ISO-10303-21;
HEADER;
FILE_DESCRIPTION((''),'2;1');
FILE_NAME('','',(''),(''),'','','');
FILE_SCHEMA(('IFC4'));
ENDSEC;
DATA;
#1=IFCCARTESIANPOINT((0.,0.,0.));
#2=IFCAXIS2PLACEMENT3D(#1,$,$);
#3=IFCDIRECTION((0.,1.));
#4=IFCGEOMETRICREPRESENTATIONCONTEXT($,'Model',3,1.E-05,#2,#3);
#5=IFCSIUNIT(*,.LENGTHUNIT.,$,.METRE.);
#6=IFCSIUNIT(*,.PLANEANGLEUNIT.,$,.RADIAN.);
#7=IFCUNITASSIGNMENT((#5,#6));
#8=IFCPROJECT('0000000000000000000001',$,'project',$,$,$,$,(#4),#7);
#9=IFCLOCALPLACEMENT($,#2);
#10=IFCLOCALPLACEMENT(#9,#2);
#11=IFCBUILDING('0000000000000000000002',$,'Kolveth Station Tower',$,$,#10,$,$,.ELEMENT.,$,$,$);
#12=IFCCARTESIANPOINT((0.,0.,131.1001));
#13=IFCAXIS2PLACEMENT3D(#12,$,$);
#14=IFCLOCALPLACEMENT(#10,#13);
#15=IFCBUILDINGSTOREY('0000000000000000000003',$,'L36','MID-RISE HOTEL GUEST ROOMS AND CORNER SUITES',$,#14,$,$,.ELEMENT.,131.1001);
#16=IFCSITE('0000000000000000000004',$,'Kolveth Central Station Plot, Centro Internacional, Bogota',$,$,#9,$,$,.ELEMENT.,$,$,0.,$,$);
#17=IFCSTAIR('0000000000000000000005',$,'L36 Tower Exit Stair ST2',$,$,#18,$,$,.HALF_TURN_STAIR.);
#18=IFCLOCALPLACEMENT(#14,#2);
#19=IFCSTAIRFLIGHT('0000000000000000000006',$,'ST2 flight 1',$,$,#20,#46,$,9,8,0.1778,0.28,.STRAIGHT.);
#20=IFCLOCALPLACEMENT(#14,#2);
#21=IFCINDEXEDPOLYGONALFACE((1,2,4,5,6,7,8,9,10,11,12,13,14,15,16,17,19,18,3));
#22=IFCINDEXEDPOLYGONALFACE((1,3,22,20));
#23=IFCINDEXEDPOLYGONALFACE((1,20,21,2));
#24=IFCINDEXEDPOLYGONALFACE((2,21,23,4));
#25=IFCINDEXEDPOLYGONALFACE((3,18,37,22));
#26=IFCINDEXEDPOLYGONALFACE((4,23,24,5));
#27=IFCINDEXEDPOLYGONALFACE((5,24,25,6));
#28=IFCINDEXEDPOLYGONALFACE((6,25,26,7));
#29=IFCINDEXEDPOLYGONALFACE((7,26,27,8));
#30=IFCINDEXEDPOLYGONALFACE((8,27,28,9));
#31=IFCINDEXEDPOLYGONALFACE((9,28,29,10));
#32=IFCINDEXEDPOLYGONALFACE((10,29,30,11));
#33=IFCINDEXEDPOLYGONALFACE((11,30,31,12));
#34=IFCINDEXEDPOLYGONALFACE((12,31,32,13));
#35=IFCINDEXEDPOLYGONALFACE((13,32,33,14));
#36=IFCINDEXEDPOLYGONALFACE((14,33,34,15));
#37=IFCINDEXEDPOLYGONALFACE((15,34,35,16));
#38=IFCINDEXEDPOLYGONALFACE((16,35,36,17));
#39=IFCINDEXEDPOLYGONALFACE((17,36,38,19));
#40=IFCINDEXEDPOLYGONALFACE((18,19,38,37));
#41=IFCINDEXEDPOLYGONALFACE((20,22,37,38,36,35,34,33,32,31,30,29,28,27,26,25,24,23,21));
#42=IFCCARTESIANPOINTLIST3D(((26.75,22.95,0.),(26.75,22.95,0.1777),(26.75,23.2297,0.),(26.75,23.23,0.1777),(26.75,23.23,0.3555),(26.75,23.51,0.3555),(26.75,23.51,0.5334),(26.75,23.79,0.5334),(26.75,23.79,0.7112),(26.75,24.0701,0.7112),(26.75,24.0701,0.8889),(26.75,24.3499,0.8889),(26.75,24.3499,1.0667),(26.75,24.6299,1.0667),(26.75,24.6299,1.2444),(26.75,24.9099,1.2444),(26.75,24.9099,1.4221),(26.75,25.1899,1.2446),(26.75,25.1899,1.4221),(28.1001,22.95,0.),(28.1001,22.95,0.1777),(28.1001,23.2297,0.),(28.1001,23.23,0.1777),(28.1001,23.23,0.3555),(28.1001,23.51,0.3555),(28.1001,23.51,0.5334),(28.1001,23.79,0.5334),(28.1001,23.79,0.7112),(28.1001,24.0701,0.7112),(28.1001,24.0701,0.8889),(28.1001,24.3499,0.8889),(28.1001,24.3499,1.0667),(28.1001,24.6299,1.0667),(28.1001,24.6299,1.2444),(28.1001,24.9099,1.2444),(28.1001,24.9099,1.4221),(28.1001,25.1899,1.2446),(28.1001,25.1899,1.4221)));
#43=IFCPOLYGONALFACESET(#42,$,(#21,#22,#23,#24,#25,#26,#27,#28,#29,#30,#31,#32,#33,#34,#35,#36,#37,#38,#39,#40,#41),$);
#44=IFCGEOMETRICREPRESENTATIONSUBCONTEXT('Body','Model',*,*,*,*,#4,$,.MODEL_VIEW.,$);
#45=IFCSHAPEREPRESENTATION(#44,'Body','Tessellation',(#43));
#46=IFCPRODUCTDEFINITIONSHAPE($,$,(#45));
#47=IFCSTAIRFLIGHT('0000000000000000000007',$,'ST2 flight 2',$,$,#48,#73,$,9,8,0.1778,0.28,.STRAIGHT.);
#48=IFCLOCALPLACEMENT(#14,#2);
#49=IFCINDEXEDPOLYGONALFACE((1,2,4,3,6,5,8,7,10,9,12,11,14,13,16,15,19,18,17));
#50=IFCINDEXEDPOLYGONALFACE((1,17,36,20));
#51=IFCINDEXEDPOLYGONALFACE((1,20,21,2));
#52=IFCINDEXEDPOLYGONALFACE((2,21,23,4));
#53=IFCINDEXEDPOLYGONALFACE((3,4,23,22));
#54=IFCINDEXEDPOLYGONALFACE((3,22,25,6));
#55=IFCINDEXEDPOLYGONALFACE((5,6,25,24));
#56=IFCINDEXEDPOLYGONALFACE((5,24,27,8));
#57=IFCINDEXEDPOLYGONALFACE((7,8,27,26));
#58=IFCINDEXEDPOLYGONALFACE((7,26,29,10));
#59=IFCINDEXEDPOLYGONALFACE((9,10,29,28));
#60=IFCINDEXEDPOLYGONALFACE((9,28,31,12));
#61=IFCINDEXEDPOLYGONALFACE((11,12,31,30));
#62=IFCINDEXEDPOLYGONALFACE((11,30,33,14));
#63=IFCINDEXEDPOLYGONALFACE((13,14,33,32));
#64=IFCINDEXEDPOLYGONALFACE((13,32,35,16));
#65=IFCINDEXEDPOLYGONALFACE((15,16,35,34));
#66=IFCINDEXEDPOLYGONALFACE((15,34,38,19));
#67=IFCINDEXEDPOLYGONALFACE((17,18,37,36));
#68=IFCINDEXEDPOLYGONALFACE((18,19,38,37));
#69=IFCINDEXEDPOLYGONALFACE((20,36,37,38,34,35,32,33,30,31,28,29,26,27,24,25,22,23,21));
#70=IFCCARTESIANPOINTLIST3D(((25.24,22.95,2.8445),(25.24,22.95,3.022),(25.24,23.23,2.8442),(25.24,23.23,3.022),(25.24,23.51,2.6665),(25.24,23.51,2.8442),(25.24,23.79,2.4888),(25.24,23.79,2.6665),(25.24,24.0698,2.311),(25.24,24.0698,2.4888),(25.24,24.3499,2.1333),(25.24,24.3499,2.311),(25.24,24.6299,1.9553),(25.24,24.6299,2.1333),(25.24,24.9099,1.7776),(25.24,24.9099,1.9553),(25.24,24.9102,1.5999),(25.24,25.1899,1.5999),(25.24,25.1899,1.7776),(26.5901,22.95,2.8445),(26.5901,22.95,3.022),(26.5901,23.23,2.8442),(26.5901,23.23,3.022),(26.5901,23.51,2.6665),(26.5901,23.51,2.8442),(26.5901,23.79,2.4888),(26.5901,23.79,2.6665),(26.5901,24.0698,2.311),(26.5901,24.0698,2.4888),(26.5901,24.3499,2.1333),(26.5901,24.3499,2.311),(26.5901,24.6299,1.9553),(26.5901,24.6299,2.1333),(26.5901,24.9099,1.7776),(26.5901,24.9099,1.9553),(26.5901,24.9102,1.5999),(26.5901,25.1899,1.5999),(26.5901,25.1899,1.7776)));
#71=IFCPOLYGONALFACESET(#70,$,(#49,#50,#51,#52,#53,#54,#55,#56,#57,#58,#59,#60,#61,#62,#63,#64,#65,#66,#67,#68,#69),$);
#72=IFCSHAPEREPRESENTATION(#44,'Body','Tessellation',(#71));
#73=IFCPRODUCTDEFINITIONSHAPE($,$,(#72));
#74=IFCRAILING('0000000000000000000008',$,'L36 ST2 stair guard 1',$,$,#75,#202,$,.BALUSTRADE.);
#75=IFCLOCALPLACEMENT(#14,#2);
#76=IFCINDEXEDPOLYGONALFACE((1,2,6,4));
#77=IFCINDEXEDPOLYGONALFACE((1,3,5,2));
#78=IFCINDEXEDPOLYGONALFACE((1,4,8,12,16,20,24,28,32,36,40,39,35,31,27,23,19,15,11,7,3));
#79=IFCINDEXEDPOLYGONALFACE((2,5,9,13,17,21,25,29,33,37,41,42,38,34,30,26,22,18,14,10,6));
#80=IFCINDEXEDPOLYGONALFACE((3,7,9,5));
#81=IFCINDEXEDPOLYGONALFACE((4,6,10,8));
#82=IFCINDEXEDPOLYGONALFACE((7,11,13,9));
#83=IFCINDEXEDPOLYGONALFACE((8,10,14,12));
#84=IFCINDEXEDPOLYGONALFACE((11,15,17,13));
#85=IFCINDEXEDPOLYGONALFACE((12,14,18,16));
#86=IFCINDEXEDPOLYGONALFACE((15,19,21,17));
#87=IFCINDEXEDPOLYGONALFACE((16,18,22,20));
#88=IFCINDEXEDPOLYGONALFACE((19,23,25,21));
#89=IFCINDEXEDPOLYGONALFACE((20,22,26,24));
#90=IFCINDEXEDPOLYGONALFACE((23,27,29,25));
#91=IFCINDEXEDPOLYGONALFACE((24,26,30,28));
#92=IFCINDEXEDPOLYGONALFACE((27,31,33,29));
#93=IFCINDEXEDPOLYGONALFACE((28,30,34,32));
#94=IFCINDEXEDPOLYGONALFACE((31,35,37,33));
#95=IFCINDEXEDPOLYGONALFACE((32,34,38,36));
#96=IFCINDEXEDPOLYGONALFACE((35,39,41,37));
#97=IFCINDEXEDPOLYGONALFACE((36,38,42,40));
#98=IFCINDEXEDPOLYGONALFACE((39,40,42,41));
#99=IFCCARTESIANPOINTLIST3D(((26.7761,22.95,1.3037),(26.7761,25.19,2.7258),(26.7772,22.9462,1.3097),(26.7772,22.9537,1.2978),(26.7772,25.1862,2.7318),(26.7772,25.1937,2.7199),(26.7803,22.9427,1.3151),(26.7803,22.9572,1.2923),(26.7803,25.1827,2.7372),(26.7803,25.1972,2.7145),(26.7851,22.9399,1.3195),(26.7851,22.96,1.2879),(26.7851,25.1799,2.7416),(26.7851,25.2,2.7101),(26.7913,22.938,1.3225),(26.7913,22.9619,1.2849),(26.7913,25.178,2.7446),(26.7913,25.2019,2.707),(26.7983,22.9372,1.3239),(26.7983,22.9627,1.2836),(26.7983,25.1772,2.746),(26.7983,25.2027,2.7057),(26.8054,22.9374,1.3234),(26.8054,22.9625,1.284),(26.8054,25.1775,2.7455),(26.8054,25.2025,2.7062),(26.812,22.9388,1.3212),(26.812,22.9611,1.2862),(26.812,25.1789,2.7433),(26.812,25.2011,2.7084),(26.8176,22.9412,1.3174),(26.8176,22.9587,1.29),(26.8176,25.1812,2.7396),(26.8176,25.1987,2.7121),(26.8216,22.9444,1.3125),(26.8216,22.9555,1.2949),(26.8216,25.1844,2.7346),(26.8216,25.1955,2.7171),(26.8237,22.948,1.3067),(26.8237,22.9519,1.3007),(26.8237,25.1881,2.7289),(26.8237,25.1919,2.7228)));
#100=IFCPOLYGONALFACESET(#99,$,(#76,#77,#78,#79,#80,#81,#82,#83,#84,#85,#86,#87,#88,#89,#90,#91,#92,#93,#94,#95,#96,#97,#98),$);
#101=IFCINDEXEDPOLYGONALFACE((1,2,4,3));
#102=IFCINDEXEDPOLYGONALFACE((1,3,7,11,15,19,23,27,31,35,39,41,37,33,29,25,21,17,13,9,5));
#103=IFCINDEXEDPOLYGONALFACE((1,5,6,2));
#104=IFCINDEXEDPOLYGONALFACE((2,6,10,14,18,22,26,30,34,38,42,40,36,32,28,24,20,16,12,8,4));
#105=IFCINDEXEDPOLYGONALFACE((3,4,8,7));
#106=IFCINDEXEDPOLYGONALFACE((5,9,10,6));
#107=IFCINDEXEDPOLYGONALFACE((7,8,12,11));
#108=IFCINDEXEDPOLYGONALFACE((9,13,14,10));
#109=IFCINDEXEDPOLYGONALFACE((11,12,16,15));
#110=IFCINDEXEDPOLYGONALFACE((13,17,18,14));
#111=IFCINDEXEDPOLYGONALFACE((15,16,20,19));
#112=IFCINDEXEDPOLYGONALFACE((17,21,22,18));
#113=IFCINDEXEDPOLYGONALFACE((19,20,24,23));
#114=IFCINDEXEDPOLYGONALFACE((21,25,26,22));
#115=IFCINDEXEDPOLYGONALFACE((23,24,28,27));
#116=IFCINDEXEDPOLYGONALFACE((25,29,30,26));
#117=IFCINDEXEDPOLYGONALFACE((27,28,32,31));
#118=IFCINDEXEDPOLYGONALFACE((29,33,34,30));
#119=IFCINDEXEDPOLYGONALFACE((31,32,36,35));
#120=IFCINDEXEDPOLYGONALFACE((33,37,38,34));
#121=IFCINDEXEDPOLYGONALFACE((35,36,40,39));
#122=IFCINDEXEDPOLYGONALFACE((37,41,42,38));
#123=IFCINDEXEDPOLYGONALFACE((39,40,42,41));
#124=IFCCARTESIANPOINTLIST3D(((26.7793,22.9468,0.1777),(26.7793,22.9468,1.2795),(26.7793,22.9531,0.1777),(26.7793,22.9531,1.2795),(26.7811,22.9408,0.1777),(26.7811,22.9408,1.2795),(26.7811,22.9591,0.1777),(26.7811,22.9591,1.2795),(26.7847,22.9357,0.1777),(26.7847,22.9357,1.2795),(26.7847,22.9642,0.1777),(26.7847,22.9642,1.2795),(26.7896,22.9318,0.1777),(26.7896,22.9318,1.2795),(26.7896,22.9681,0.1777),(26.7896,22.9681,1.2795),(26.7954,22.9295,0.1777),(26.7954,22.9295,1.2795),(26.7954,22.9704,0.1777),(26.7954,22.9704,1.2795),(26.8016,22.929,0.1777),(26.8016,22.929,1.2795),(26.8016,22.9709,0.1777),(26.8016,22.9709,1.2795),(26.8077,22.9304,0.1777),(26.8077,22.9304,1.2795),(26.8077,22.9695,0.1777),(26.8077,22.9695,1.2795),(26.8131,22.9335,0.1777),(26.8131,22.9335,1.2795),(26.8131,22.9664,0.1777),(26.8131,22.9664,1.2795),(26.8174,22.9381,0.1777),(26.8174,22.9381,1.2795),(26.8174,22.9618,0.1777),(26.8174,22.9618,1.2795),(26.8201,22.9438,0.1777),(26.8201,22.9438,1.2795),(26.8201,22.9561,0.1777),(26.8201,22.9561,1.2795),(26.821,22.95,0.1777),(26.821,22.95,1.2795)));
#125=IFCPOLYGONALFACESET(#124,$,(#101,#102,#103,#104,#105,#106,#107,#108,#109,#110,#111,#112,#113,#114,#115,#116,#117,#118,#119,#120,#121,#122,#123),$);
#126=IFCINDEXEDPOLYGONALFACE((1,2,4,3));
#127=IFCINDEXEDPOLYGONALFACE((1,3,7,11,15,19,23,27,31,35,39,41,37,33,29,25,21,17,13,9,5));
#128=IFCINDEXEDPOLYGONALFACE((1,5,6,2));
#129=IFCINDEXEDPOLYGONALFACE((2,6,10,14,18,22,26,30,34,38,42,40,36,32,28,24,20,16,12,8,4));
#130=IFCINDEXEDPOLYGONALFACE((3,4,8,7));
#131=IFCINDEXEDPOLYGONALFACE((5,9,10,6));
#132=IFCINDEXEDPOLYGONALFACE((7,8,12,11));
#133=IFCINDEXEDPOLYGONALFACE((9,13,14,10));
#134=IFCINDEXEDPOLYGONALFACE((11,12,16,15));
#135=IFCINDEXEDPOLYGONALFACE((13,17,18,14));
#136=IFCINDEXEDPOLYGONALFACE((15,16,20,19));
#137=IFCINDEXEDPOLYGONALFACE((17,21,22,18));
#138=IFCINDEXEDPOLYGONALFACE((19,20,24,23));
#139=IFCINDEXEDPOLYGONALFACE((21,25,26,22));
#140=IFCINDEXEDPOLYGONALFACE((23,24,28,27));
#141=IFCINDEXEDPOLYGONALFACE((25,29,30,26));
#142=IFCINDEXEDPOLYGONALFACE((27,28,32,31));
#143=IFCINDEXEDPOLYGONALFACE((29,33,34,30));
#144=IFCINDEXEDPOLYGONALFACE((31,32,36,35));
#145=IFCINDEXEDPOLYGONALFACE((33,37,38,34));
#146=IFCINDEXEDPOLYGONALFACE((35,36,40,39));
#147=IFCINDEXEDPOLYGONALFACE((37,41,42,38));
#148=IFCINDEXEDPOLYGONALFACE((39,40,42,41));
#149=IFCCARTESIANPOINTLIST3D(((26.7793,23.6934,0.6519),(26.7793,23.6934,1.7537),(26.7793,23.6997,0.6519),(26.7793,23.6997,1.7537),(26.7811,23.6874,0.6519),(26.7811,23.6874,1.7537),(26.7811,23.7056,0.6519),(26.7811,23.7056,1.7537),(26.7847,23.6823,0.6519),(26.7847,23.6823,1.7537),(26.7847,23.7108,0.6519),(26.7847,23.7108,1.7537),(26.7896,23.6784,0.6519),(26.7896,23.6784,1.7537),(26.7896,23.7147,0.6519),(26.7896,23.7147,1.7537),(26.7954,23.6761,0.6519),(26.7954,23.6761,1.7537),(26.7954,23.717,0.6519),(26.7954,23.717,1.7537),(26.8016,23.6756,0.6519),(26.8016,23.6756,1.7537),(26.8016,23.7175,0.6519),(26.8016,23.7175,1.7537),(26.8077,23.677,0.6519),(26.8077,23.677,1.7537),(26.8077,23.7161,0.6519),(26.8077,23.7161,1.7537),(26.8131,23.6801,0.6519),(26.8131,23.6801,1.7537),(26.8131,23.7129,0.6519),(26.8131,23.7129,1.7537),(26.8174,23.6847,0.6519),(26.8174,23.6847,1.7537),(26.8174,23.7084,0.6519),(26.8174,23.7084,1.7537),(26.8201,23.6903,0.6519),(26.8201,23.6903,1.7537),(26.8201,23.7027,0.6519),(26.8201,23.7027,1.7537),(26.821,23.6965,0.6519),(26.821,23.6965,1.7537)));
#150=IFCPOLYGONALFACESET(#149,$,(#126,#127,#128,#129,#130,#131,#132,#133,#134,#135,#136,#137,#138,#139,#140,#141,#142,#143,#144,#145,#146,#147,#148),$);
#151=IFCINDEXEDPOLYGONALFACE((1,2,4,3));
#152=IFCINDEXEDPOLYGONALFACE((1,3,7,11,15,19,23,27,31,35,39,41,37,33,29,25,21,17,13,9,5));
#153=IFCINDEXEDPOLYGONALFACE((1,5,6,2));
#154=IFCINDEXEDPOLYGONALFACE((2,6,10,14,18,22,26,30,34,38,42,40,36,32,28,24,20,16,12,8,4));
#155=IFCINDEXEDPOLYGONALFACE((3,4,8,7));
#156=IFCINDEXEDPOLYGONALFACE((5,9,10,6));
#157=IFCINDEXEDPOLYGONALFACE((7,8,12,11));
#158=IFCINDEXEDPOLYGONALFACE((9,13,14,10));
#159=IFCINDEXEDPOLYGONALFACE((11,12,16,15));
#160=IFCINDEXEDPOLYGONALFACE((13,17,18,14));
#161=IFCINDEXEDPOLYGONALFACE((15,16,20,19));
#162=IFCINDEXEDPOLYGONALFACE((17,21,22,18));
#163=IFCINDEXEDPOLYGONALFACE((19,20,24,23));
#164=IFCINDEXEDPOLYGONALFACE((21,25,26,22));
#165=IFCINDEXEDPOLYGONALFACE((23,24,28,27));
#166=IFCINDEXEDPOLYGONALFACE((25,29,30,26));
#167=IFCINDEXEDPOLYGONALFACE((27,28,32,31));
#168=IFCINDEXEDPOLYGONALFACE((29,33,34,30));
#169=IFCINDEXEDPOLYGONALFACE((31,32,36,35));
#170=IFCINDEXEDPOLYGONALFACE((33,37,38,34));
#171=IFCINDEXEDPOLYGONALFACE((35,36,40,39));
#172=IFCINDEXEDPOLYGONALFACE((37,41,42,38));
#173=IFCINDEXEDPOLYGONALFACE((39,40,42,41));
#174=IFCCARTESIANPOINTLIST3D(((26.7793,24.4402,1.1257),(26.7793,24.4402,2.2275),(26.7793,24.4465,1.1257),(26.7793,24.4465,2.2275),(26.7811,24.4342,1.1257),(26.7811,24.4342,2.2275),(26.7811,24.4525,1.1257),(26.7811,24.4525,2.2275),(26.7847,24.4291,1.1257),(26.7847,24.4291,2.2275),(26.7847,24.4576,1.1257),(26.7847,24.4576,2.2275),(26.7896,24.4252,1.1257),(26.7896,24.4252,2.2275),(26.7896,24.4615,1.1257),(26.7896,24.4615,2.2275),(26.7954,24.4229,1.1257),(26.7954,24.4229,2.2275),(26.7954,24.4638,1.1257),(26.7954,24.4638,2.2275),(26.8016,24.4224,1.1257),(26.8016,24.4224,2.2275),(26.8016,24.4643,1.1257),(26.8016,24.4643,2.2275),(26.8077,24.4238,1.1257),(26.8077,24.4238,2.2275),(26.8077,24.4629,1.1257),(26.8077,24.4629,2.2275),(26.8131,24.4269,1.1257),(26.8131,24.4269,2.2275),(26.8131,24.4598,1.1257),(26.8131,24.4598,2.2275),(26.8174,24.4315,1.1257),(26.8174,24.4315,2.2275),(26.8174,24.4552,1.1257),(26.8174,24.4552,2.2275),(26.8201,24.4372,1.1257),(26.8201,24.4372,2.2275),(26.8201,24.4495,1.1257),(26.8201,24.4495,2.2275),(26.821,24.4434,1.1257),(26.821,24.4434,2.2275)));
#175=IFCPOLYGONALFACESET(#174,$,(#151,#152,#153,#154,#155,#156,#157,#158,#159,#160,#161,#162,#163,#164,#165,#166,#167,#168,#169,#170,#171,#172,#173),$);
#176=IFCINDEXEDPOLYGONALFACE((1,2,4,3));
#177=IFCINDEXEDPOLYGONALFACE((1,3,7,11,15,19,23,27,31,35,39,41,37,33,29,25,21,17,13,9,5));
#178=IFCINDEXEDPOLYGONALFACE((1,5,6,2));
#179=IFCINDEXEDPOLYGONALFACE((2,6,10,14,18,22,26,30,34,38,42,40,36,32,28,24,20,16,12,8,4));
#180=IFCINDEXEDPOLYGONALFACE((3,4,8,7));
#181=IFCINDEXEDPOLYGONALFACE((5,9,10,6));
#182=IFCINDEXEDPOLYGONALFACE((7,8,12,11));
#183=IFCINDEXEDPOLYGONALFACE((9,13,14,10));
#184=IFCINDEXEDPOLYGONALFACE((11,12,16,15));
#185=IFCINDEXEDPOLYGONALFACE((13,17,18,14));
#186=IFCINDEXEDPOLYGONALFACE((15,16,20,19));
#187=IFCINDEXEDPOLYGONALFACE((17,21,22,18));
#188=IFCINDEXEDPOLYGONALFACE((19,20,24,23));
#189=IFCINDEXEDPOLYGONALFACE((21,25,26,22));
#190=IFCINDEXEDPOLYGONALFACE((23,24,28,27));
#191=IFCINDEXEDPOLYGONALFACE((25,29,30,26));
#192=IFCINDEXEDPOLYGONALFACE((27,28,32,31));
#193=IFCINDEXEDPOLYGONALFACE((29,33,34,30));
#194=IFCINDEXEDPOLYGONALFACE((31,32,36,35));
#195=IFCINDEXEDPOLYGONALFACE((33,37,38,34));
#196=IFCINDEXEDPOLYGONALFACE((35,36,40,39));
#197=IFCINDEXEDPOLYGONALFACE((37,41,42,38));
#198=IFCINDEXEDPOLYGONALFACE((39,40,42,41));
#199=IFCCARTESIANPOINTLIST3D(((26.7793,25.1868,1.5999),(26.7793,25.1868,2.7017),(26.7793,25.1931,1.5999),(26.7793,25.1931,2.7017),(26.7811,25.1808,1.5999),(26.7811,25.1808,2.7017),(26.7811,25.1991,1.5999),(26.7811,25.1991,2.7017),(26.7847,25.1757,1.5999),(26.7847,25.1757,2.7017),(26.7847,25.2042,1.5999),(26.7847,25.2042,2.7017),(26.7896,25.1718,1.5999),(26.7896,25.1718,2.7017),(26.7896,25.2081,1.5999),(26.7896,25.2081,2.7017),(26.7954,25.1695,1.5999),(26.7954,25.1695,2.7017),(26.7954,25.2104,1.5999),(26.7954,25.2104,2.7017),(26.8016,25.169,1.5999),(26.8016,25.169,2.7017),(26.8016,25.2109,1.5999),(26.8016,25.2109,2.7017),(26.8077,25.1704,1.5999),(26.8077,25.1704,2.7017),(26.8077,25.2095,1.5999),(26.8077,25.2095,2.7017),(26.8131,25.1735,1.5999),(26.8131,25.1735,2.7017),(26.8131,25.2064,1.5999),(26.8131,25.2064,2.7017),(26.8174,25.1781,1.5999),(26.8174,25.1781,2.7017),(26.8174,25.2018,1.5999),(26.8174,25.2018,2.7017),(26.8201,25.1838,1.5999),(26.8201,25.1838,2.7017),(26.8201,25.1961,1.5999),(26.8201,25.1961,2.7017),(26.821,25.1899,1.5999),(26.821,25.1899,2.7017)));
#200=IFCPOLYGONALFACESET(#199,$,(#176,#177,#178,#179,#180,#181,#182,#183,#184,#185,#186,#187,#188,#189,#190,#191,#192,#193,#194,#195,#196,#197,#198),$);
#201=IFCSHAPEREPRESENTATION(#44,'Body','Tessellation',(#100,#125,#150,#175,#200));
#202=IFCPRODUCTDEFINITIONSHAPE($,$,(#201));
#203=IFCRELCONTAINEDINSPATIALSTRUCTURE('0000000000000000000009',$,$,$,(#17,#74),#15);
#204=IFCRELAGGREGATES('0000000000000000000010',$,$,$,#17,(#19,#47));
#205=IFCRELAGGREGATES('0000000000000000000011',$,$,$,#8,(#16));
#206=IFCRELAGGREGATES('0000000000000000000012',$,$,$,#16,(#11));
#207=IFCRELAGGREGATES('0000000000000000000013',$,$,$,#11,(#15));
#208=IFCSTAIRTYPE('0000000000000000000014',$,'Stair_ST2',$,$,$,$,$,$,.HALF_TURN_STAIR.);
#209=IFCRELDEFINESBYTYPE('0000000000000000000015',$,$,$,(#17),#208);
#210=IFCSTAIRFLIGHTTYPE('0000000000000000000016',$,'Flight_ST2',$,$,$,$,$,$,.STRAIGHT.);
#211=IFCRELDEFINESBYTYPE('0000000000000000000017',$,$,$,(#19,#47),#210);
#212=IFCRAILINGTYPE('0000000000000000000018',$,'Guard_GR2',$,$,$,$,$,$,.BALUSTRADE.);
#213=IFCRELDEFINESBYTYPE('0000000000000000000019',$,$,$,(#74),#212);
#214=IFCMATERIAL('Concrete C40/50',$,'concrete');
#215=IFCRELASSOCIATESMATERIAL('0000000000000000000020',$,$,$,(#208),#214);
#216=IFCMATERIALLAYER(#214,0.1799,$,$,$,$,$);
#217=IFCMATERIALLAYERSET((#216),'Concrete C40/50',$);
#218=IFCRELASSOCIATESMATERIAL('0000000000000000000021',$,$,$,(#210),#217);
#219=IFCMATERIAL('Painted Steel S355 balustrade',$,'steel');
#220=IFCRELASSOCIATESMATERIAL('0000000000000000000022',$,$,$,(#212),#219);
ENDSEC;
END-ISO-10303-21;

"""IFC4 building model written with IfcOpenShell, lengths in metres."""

from ifc_helpers import new_model, si_unit, direction, frame, origin, origin_2d, place, context, subcontext, project, spatial, polyline, circle, outline, extrude, material, layer, layer_set, type_object, element, aggregate, save


model = new_model("IFC4")

# Units and contexts
model_context = context("Model", 3, precision=1e-05, world=origin(), true_north=direction((0.0, 1.0)))
body_context = subcontext(model_context, "Body", "Model", "MODEL_VIEW")
ifc_project = project(units=[si_unit("LENGTHUNIT", "METRE"), si_unit("PLANEANGLEUNIT", "RADIAN")], contexts=[model_context])

# Site, building, storey
site_placement = place(None, origin())
site = spatial("IfcSite", under=ifc_project, at=site_placement, Name="Kolveth Central Station Plot, Centro Internacional, Bogota", CompositionType="ELEMENT", RefElevation=0.0)
building_placement = place(site_placement, origin())
building = spatial("IfcBuilding", under=site, at=building_placement, Name="Kolveth Station Tower", CompositionType="ELEMENT")
storey_placement = place(building_placement, frame((0.0, 0.0, 131.1001)))
storey = spatial("IfcBuildingStorey", under=building, at=storey_placement, Name="L36", Description="MID-RISE HOTEL GUEST ROOMS AND CORNER SUITES", CompositionType="ELEMENT", Elevation=131.1001)

# Shared definitions
ifc_material_1 = material(Name="Concrete C40/50", Category="concrete")

# Stair, stair flights
stair_type = type_object("IfcStairType", Name="Stair_ST2", PredefinedType="HALF_TURN_STAIR", material=ifc_material_1)
stair_placement = place(storey_placement, origin())
stair = element("IfcStair", 1, at=stair_placement, inside=storey, type_object=stair_type, Name="L36 Tower Exit Stair ST2", PredefinedType="HALF_TURN_STAIR")
ifc_layer_1 = layer(ifc_material_1, 0.1799)
ifc_layer_set_1 = layer_set([ifc_layer_1], Name="Concrete C40/50")
stair_flight_type = type_object("IfcStairFlightType", Name="Flight_ST2", PredefinedType="STRAIGHT", material=ifc_layer_set_1)
stair_flight_1_placement = place(storey_placement, frame((27.425, 22.95, 0.0), z_axis=(0.0, 0.0, 1.0), x_axis=(0.0, 1.0, 0.0)))
stair_flight_1 = element("IfcStairFlight", 2, at=stair_flight_1_placement, type_object=stair_flight_type, Name="ST2 flight 1", NumberOfRisers=9, NumberOfTreads=8, PredefinedType="STRAIGHT", RiserHeight=0.1778, TreadLength=0.28, context=body_context, shape_type="SweptSolid", body=[
    extrude(outline(polyline([(0.0, 0.0), (0.0, 0.1777), (0.28, 0.1777), (0.28, 0.3555), (0.5601, 0.3555), (0.5601, 0.5334), (0.8401, 0.5334), (0.8401, 0.7112), (1.1201, 0.7112), (1.1201, 0.8889), (1.3999, 0.8889), (1.3999, 1.0667), (1.6799, 1.0667), (1.6799, 1.2444), (1.96, 1.2444), (1.96, 1.4221), (2.24, 1.4221), (2.24, 1.6001), (2.24, 1.2446), (0.2798, 0.0), (0.0, 0.0)])), frame((0.0, 0.675, 0.0), z_axis=(0.0, -1.0, 0.0), x_axis=(1.0, 0.0, 0.0)), (0.0, 0.0, 1.0), 1.3501),
])
stair_flight_2_placement = place(storey_placement, frame((25.915, 25.1899, 1.5999), z_axis=(0.0, 0.0, 1.0), x_axis=(0.0, -1.0, 0.0)))
stair_flight_2 = element("IfcStairFlight", 3, at=stair_flight_2_placement, type_object=stair_flight_type, Name="ST2 flight 2", NumberOfRisers=9, NumberOfTreads=8, PredefinedType="STRAIGHT", RiserHeight=0.1778, TreadLength=0.28, context=body_context, shape_type="SweptSolid", body=[
    extrude(outline(polyline([(0.0, 0.0), (0.0, 0.1777), (0.28, 0.1777), (0.28, 0.3555), (0.5601, 0.3555), (0.5601, 0.5334), (0.8401, 0.5334), (0.8401, 0.7112), (1.1201, 0.7112), (1.1201, 0.8889), (1.3999, 0.8889), (1.3999, 1.0667), (1.6799, 1.0667), (1.6799, 1.2444), (1.96, 1.2444), (1.96, 1.4221), (2.24, 1.4221), (2.24, 1.6001), (2.24, 1.2446), (0.2798, 0.0), (0.0, 0.0)])), frame((0.0, 0.675, 0.0), z_axis=(0.0, -1.0, 0.0), x_axis=(1.0, 0.0, 0.0)), (0.0, 0.0, 1.0), 1.3501),
])
aggregate(stair, [stair_flight_1, stair_flight_2])

# Railing
ifc_material_2 = material(Name="Painted Steel S355 balustrade", Category="steel")
railing_type_1 = type_object("IfcRailingType", Name="Guard_GR2", PredefinedType="BALUSTRADE", material=ifc_material_2)
railing_1_placement = place(storey_placement, frame((26.8, 22.95, 0.1777)))
element("IfcRailing", 4, at=railing_1_placement, inside=storey, type_object=railing_type_1, Name="L36 ST2 stair guard 1", PredefinedType="BALUSTRADE", context=body_context, shape_type="SweptSolid", body=[
    extrude(circle(Radius=0.0239, at=origin_2d()), frame((0.0, 0.0, 1.126), z_axis=(0.0, 0.844229, 0.535982), x_axis=(-1.0, 0.0, 0.0)), (0.0, 0.0, 1.0), 2.6533),
    extrude(circle(Radius=0.021, at=origin_2d()), origin(), (0.0, 0.0, 1.0), 1.1018),
    extrude(circle(Radius=0.021, at=origin_2d()), frame((0.0, 0.7466, 0.4741)), (0.0, 0.0, 1.0), 1.1018),
    extrude(circle(Radius=0.021, at=origin_2d()), frame((0.0, 1.4934, 0.948)), (0.0, 0.0, 1.0), 1.1018),
    extrude(circle(Radius=0.021, at=origin_2d()), frame((0.0, 2.24, 1.4221)), (0.0, 0.0, 1.0), 1.1018),
])

save(model, "model.ifc")
